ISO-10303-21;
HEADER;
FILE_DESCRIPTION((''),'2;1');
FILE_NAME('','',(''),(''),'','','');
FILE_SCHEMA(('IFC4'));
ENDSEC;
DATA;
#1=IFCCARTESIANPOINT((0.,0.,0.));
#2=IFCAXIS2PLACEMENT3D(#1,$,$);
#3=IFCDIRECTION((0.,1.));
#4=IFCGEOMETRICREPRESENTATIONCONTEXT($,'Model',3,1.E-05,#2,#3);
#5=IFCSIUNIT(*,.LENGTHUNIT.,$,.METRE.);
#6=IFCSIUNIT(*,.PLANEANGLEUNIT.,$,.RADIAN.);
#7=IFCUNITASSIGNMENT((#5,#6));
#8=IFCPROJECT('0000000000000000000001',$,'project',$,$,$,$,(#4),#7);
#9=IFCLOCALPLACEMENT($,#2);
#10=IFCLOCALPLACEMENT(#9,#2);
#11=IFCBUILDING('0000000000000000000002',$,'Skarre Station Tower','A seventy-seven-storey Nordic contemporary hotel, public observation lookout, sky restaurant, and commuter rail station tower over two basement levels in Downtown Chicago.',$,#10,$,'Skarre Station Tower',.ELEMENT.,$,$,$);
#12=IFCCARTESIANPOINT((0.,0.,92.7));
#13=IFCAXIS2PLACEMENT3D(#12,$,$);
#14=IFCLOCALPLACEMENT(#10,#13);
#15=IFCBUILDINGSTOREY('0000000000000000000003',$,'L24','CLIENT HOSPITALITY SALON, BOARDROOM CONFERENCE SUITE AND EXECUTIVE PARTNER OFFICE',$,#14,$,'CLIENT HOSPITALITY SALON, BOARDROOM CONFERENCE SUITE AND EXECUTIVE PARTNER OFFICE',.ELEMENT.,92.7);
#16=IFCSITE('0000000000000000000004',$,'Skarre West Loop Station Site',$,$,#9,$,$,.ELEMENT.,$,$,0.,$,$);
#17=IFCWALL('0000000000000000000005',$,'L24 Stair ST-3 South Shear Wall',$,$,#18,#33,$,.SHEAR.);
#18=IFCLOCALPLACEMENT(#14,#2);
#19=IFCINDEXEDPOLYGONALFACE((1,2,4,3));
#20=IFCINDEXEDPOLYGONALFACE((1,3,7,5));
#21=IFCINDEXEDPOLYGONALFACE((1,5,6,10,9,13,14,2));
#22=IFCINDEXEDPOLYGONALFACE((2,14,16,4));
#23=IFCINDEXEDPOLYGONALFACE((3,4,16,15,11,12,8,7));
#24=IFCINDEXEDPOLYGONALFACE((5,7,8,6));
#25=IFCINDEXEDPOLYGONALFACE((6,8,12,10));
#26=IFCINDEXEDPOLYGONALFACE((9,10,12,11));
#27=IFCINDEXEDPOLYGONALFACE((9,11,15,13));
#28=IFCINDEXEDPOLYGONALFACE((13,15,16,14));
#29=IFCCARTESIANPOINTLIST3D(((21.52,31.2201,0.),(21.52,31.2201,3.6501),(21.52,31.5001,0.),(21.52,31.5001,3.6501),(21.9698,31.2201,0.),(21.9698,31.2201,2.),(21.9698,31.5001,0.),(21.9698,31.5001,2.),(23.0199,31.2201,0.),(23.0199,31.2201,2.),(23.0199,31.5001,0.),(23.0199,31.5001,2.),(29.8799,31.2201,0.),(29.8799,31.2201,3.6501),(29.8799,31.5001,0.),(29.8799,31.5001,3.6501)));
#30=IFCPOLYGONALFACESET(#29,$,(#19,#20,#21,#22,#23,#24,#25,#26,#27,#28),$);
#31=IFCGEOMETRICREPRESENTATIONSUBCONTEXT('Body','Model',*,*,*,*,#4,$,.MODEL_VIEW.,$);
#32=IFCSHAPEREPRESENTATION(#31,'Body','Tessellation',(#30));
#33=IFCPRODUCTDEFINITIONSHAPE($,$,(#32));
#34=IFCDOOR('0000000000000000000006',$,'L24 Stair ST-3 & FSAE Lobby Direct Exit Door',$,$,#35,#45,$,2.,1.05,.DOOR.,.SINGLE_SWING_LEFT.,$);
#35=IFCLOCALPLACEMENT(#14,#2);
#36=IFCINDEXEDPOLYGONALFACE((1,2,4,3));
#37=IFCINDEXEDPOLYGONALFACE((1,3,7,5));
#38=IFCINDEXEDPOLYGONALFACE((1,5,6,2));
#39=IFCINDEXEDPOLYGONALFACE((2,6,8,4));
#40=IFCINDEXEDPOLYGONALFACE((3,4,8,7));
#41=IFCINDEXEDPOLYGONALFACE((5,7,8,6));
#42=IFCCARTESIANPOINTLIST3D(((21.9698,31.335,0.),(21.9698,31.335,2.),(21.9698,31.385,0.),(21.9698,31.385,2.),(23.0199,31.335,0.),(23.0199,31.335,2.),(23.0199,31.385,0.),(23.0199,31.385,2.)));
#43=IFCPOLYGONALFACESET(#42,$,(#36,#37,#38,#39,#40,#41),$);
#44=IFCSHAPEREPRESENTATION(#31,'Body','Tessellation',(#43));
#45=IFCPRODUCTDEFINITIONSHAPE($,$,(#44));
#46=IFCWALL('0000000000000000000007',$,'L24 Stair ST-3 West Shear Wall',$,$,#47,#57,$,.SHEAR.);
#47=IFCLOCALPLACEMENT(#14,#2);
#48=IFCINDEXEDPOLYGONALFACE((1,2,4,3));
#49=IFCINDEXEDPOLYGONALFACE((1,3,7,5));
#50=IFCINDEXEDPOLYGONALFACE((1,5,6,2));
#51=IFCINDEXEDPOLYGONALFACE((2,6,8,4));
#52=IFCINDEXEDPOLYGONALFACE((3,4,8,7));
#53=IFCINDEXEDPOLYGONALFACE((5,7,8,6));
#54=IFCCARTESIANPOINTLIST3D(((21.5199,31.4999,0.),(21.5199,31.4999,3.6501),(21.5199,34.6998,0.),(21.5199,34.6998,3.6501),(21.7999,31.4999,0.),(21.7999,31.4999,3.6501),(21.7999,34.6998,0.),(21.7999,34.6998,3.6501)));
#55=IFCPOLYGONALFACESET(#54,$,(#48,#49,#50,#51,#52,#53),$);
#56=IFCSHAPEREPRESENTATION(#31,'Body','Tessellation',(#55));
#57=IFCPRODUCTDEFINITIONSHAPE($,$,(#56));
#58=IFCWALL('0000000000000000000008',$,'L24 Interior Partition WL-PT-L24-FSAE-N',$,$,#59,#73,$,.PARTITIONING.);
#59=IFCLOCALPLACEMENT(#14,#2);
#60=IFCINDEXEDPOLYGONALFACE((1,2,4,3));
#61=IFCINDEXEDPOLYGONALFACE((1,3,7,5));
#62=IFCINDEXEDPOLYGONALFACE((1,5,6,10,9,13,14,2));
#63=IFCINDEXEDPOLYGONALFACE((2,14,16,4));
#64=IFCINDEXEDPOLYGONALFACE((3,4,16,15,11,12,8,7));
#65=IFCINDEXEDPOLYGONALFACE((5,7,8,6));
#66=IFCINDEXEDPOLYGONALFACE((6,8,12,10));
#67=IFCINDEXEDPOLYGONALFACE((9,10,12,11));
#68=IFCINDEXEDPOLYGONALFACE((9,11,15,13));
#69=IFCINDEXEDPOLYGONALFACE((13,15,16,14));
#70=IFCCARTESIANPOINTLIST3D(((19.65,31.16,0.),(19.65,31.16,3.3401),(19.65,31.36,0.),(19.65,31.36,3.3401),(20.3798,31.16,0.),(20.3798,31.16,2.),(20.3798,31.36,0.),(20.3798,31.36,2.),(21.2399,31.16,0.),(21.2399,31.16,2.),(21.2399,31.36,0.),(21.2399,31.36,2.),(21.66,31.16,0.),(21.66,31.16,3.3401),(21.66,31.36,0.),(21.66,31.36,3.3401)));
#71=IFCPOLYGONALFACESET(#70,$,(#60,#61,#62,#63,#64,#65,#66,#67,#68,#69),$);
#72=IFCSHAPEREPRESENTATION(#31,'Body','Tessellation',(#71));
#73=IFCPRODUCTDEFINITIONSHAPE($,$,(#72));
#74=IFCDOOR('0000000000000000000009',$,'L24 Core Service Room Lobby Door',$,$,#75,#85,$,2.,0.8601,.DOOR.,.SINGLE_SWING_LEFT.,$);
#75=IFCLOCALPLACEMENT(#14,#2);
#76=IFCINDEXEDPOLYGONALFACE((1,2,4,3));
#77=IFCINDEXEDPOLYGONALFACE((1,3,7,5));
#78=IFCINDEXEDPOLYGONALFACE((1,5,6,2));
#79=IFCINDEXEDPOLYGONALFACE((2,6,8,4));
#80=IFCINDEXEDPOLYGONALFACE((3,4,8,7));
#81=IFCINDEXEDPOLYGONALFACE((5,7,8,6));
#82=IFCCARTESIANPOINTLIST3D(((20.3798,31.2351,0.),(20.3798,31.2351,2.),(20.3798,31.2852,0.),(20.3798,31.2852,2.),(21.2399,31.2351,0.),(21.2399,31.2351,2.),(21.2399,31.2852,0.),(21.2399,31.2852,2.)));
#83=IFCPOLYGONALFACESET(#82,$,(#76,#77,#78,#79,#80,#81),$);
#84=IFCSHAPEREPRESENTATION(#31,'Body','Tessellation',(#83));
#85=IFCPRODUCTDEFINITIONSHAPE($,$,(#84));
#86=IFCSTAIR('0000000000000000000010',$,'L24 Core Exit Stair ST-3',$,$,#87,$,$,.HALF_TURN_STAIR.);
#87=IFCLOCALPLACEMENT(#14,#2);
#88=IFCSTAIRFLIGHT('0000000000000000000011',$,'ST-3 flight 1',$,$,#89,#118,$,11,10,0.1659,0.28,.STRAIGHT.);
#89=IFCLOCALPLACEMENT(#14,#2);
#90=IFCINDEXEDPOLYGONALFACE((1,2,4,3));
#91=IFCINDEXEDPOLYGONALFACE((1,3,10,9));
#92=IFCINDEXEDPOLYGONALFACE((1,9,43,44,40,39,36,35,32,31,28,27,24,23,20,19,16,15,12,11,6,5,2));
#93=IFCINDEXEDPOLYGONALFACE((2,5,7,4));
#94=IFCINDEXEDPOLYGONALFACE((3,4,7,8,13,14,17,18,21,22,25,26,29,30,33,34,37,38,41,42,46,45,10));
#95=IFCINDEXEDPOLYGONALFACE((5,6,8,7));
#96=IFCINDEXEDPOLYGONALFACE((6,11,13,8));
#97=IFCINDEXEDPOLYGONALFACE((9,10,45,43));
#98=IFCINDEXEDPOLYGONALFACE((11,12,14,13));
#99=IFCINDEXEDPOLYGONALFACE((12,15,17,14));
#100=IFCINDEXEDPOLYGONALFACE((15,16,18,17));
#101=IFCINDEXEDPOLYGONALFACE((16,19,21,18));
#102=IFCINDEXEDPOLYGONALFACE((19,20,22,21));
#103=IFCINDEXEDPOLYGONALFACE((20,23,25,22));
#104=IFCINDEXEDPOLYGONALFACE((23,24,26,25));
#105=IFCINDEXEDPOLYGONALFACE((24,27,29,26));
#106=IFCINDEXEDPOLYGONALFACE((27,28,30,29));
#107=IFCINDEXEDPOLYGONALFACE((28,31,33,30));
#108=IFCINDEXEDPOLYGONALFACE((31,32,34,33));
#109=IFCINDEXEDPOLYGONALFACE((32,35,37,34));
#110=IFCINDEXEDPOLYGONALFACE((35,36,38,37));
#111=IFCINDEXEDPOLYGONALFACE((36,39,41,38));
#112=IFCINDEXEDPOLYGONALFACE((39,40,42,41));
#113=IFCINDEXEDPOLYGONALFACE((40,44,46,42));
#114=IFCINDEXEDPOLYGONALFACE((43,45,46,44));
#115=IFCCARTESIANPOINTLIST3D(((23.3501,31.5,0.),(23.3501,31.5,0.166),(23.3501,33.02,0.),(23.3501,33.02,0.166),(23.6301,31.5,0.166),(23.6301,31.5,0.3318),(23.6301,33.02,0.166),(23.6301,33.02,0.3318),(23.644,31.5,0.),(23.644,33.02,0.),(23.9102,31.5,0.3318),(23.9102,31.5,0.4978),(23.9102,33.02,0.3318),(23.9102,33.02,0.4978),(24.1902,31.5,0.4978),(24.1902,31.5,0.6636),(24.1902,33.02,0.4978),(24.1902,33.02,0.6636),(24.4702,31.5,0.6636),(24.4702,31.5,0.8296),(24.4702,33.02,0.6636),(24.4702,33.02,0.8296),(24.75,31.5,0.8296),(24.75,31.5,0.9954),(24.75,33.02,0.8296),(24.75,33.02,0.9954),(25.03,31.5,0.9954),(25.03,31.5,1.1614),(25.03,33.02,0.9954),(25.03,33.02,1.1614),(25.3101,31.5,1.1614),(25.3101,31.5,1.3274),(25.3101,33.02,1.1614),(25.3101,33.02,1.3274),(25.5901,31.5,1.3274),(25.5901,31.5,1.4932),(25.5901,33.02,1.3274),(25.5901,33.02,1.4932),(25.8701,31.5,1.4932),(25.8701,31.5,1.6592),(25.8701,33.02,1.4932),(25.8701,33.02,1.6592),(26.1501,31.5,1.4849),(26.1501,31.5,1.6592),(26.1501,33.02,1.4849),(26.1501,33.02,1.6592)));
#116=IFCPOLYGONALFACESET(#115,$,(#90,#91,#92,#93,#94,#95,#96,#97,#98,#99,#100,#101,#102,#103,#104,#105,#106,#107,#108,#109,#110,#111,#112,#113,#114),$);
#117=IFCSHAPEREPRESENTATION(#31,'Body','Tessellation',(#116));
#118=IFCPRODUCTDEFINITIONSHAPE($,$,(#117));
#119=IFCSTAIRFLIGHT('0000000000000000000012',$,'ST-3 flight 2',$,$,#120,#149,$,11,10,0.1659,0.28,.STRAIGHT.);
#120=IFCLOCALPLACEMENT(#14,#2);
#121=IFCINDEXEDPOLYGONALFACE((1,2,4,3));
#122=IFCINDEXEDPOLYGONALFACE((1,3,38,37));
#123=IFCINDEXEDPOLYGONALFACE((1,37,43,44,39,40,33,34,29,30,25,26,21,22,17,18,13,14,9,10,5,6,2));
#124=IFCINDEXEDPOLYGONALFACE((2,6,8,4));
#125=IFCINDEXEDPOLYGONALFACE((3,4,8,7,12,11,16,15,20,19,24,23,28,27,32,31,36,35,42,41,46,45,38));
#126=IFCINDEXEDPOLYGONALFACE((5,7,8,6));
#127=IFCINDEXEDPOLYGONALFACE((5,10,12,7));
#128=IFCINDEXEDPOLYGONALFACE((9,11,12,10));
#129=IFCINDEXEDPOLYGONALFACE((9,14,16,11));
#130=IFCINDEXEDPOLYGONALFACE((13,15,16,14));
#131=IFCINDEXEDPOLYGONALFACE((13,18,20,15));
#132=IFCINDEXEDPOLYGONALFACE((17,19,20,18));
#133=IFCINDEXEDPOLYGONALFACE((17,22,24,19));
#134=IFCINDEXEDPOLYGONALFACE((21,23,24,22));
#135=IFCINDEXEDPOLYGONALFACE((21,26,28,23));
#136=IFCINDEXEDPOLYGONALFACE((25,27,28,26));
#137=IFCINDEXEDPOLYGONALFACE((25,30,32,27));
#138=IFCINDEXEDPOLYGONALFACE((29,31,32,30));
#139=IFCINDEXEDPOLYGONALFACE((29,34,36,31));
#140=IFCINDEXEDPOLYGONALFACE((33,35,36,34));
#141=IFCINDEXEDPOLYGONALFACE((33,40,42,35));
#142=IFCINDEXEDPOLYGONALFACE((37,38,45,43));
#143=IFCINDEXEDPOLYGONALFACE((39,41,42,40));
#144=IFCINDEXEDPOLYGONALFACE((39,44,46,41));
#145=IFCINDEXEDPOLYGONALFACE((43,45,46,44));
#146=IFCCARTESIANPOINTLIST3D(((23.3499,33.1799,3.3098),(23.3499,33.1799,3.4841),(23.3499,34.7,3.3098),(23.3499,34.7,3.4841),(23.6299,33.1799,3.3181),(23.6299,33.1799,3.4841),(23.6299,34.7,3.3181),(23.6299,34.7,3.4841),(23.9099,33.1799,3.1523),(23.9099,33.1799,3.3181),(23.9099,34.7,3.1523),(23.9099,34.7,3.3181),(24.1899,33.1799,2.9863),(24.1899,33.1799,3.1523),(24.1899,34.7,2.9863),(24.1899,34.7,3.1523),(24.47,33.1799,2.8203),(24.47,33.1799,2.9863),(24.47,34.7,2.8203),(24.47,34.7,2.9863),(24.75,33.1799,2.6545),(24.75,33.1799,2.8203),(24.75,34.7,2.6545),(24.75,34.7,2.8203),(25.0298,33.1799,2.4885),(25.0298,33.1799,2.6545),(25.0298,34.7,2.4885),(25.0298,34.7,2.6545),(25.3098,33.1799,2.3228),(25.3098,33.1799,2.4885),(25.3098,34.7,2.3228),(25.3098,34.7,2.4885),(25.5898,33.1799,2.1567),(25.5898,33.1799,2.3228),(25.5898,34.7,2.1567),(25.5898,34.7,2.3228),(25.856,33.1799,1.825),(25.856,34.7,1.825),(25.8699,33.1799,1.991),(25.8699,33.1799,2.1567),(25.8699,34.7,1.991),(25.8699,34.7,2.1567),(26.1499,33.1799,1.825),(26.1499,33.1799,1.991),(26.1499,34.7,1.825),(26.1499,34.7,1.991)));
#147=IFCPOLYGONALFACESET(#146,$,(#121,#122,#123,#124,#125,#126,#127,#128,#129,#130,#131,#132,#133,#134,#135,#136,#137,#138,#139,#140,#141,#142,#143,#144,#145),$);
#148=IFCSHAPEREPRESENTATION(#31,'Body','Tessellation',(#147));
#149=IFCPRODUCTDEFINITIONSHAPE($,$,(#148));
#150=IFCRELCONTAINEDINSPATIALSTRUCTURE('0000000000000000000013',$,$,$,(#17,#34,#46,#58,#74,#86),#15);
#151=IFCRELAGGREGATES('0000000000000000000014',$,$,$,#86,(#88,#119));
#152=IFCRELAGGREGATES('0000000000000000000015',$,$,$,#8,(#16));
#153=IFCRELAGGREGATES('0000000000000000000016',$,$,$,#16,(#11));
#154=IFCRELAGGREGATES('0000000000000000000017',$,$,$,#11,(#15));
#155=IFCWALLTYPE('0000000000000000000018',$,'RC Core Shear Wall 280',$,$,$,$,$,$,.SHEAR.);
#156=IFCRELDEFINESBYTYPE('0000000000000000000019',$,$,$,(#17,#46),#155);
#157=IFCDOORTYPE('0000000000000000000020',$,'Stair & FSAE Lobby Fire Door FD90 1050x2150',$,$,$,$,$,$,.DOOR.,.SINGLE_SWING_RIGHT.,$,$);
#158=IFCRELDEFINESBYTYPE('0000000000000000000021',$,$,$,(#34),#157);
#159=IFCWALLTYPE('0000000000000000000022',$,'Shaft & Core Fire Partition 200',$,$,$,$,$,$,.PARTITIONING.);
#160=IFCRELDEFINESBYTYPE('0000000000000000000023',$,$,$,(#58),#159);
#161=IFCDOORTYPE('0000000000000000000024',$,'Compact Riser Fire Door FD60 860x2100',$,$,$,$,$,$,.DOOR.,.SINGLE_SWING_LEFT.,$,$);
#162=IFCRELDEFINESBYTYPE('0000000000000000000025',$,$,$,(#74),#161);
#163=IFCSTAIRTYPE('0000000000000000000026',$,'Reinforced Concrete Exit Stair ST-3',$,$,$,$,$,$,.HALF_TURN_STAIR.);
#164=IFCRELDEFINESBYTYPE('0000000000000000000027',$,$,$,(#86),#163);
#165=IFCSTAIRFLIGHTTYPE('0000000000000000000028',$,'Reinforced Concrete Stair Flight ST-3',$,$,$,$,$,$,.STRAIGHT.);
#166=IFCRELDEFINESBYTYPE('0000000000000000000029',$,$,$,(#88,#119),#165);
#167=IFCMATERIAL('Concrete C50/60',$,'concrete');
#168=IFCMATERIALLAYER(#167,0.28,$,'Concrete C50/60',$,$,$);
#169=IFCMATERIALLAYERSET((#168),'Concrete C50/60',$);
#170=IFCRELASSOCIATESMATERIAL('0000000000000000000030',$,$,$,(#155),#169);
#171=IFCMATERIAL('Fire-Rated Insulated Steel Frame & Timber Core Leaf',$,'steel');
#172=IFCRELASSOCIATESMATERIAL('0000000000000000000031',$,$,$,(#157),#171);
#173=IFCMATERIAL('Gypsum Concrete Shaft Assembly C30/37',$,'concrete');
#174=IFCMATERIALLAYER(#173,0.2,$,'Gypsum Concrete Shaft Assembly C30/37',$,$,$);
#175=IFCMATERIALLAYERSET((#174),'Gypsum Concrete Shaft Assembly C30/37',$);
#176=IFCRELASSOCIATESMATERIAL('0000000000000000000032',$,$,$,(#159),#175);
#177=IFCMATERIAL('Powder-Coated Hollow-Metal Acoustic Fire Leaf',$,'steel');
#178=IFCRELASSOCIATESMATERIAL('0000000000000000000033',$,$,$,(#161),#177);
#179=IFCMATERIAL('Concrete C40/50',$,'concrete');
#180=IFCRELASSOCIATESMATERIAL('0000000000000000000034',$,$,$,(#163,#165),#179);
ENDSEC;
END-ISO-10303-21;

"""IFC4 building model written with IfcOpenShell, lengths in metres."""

from ifc_helpers import new_model, si_unit, direction, frame, frame_2d, origin, place, context, subcontext, project, spatial, polyline, rectangle, outline, extrude, material, layer, layer_set, type_object, element, fill, aggregate, save


model = new_model("IFC4")

# Units and contexts
model_context = context("Model", 3, precision=1e-05, world=origin(), true_north=direction((0.0, 1.0)))
body_context = subcontext(model_context, "Body", "Model", "MODEL_VIEW")
ifc_project = project(units=[si_unit("LENGTHUNIT", "METRE"), si_unit("PLANEANGLEUNIT", "RADIAN")], contexts=[model_context])

# Site, building, storey
site_placement = place(None, origin())
site = spatial("IfcSite", under=ifc_project, at=site_placement, Name="Skarre West Loop Station Site", CompositionType="ELEMENT", RefElevation=0.0)
building_placement = place(site_placement, origin())
building = spatial("IfcBuilding", under=site, at=building_placement, Name="Skarre Station Tower", Description="A seventy-seven-storey Nordic contemporary hotel, public observation lookout, sky restaurant, and commuter rail station tower over two basement levels in Downtown Chicago.", LongName="Skarre Station Tower", CompositionType="ELEMENT")
storey_placement = place(building_placement, frame((0.0, 0.0, 92.7)))
storey = spatial("IfcBuildingStorey", under=building, at=storey_placement, Name="L24", Description="CLIENT HOSPITALITY SALON, BOARDROOM CONFERENCE SUITE AND EXECUTIVE PARTNER OFFICE", LongName="CLIENT HOSPITALITY SALON, BOARDROOM CONFERENCE SUITE AND EXECUTIVE PARTNER OFFICE", CompositionType="ELEMENT", Elevation=92.7)

# Wall, opening, door
ifc_material_1 = material(Name="Concrete C50/60", Category="concrete")
ifc_layer_1 = layer(ifc_material_1, 0.28, Name="Concrete C50/60")
ifc_layer_set_1 = layer_set([ifc_layer_1], Name="Concrete C50/60")
wall_type_1 = type_object("IfcWallType", Name="RC Core Shear Wall 280", PredefinedType="SHEAR", material=ifc_layer_set_1)
wall_1_placement = place(storey_placement, frame((21.52, 31.3601, 0.0), z_axis=(0.0, 0.0, 1.0), x_axis=(1.0, 0.0, 0.0)))
wall_1 = element("IfcWall", 1, at=wall_1_placement, inside=storey, type_object=wall_type_1, Name="L24 Stair ST-3 South Shear Wall", PredefinedType="SHEAR", context=body_context, shape_type="SweptSolid", body=[
    extrude(rectangle(XDim=8.3599, YDim=0.28, at=frame_2d((4.1799, 0.0))), origin(), (0.0, 0.0, 1.0), 3.6501),
])
opening_1_placement = place(wall_1_placement, frame((0.45, 0.0, 0.0)))
opening_1 = element("IfcOpeningElement", 2, at=opening_1_placement, cuts=wall_1, PredefinedType="OPENING", context=body_context, shape_type="SweptSolid", body=[
    extrude(rectangle(XDim=1.05, YDim=2.0, at=frame_2d((0.5249, 1.0))), frame((0.0, 0.1499, 0.0), z_axis=(0.0, -1.0, 0.0), x_axis=(1.0, 0.0, 0.0)), (0.0, 0.0, 1.0), 0.3),
])
ifc_material_2 = material(Name="Fire-Rated Insulated Steel Frame & Timber Core Leaf", Category="steel")
door_type_1 = type_object("IfcDoorType", Name="Stair & FSAE Lobby Fire Door FD90 1050x2150", OperationType="SINGLE_SWING_RIGHT", PredefinedType="DOOR", material=ifc_material_2)
door_1_placement = place(opening_1_placement, origin())
door_1 = element("IfcDoor", 3, at=door_1_placement, inside=storey, type_object=door_type_1, Name="L24 Stair ST-3 & FSAE Lobby Direct Exit Door", OperationType="SINGLE_SWING_LEFT", OverallHeight=2.0, OverallWidth=1.05, PredefinedType="DOOR", context=body_context, shape_type="SweptSolid", body=[
    extrude(rectangle(XDim=1.05, YDim=2.0, at=frame_2d((0.5249, 1.0))), frame((0.0, 0.0249, 0.0), z_axis=(0.0, -1.0, 0.0), x_axis=(1.0, 0.0, 0.0)), (0.0, 0.0, 1.0), 0.05),
])
fill(opening_1, door_1)

# Wall
wall_2_placement = place(storey_placement, frame((21.6599, 34.7, 0.0), z_axis=(0.0, 0.0, 1.0), x_axis=(0.0, -1.0, 0.0)))
element("IfcWall", 4, at=wall_2_placement, inside=storey, type_object=wall_type_1, Name="L24 Stair ST-3 West Shear Wall", PredefinedType="SHEAR", context=body_context, shape_type="SweptSolid", body=[
    extrude(rectangle(XDim=3.2, YDim=0.28, at=frame_2d((1.6001, 0.0))), origin(), (0.0, 0.0, 1.0), 3.6501),
])

# Wall, opening, door
ifc_material_3 = material(Name="Gypsum Concrete Shaft Assembly C30/37", Category="concrete")
ifc_layer_2 = layer(ifc_material_3, 0.2, Name="Gypsum Concrete Shaft Assembly C30/37")
ifc_layer_set_2 = layer_set([ifc_layer_2], Name="Gypsum Concrete Shaft Assembly C30/37")
wall_type_2 = type_object("IfcWallType", Name="Shaft & Core Fire Partition 200", PredefinedType="PARTITIONING", material=ifc_layer_set_2)
wall_3_placement = place(storey_placement, frame((21.6599, 31.26, 0.0), z_axis=(0.0, 0.0, 1.0), x_axis=(-1.0, 0.0, 0.0)))
wall_3 = element("IfcWall", 5, at=wall_3_placement, inside=storey, type_object=wall_type_2, Name="L24 Interior Partition WL-PT-L24-FSAE-N", PredefinedType="PARTITIONING", context=body_context, shape_type="SweptSolid", body=[
    extrude(rectangle(XDim=2.01, YDim=0.2, at=frame_2d((1.0049, 0.0))), origin(), (0.0, 0.0, 1.0), 3.3401),
])
opening_2_placement = place(wall_3_placement, frame((0.4199, 0.0, 0.0)))
opening_2 = element("IfcOpeningElement", 6, at=opening_2_placement, cuts=wall_3, PredefinedType="OPENING", context=body_context, shape_type="SweptSolid", body=[
    extrude(rectangle(XDim=0.8601, YDim=2.0, at=frame_2d((0.4302, 1.0))), frame((0.0, 0.1099, 0.0), z_axis=(0.0, -1.0, 0.0), x_axis=(1.0, 0.0, 0.0)), (0.0, 0.0, 1.0), 0.22),
])
ifc_material_4 = material(Name="Powder-Coated Hollow-Metal Acoustic Fire Leaf", Category="steel")
door_type_2 = type_object("IfcDoorType", Name="Compact Riser Fire Door FD60 860x2100", OperationType="SINGLE_SWING_LEFT", PredefinedType="DOOR", material=ifc_material_4)
door_2_placement = place(opening_2_placement, origin())
door_2 = element("IfcDoor", 7, at=door_2_placement, inside=storey, type_object=door_type_2, Name="L24 Core Service Room Lobby Door", OperationType="SINGLE_SWING_LEFT", OverallHeight=2.0, OverallWidth=0.8601, PredefinedType="DOOR", context=body_context, shape_type="SweptSolid", body=[
    extrude(rectangle(XDim=0.8601, YDim=2.0, at=frame_2d((0.4302, 1.0))), frame((0.0, 0.0249, 0.0), z_axis=(0.0, -1.0, 0.0), x_axis=(1.0, 0.0, 0.0)), (0.0, 0.0, 1.0), 0.05),
])
fill(opening_2, door_2)

# Stair, stair flights
ifc_material_5 = material(Name="Concrete C40/50", Category="concrete")
stair_type = type_object("IfcStairType", Name="Reinforced Concrete Exit Stair ST-3", PredefinedType="HALF_TURN_STAIR", material=ifc_material_5)
stair_placement = place(storey_placement, origin())
stair = element("IfcStair", 8, at=stair_placement, inside=storey, type_object=stair_type, Name="L24 Core Exit Stair ST-3", PredefinedType="HALF_TURN_STAIR")
stair_flight_type = type_object("IfcStairFlightType", Name="Reinforced Concrete Stair Flight ST-3", PredefinedType="STRAIGHT", material=ifc_material_5)
stair_flight_1_placement = place(storey_placement, frame((23.3501, 32.26, 0.0), z_axis=(0.0, 0.0, 1.0), x_axis=(1.0, 0.0, 0.0)))
stair_flight_1 = element("IfcStairFlight", 9, at=stair_flight_1_placement, type_object=stair_flight_type, Name="ST-3 flight 1", NumberOfRisers=11, NumberOfTreads=10, PredefinedType="STRAIGHT", RiserHeight=0.1659, TreadLength=0.28, context=body_context, shape_type="SweptSolid", body=[
    extrude(outline(polyline([(0.0, 0.0), (0.0, 0.166), (0.28, 0.166), (0.28, 0.3318), (0.5601, 0.3318), (0.5601, 0.4978), (0.8401, 0.4978), (0.8401, 0.6636), (1.1201, 0.6636), (1.1201, 0.8296), (1.3999, 0.8296), (1.3999, 0.9954), (1.6799, 0.9954), (1.6799, 1.1614), (1.96, 1.1614), (1.96, 1.3274), (2.24, 1.3274), (2.24, 1.4932), (2.52, 1.4932), (2.52, 1.6592), (2.8, 1.6592), (2.8, 1.825), (2.8, 1.4849), (0.2939, 0.0), (0.0, 0.0)])), frame((0.0, 0.76, 0.0), z_axis=(0.0, -1.0, 0.0), x_axis=(1.0, 0.0, 0.0)), (0.0, 0.0, 1.0), 1.52),
])
stair_flight_2_placement = place(storey_placement, frame((26.1499, 33.9399, 1.825), z_axis=(0.0, 0.0, 1.0), x_axis=(-1.0, 0.0, 0.0)))
stair_flight_2 = element("IfcStairFlight", 10, at=stair_flight_2_placement, type_object=stair_flight_type, Name="ST-3 flight 2", NumberOfRisers=11, NumberOfTreads=10, PredefinedType="STRAIGHT", RiserHeight=0.1659, TreadLength=0.28, context=body_context, shape_type="SweptSolid", body=[
    extrude(outline(polyline([(0.0, 0.0), (0.0, 0.166), (0.28, 0.166), (0.28, 0.3318), (0.5601, 0.3318), (0.5601, 0.4978), (0.8401, 0.4978), (0.8401, 0.6636), (1.1201, 0.6636), (1.1201, 0.8296), (1.3999, 0.8296), (1.3999, 0.9954), (1.6799, 0.9954), (1.6799, 1.1614), (1.96, 1.1614), (1.96, 1.3274), (2.24, 1.3274), (2.24, 1.4932), (2.52, 1.4932), (2.52, 1.6592), (2.8, 1.6592), (2.8, 1.825), (2.8, 1.4849), (0.2939, 0.0), (0.0, 0.0)])), frame((0.0, 0.76, 0.0), z_axis=(0.0, -1.0, 0.0), x_axis=(1.0, 0.0, 0.0)), (0.0, 0.0, 1.0), 1.52),
])
aggregate(stair, [stair_flight_1, stair_flight_2])

save(model, "model.ifc")
